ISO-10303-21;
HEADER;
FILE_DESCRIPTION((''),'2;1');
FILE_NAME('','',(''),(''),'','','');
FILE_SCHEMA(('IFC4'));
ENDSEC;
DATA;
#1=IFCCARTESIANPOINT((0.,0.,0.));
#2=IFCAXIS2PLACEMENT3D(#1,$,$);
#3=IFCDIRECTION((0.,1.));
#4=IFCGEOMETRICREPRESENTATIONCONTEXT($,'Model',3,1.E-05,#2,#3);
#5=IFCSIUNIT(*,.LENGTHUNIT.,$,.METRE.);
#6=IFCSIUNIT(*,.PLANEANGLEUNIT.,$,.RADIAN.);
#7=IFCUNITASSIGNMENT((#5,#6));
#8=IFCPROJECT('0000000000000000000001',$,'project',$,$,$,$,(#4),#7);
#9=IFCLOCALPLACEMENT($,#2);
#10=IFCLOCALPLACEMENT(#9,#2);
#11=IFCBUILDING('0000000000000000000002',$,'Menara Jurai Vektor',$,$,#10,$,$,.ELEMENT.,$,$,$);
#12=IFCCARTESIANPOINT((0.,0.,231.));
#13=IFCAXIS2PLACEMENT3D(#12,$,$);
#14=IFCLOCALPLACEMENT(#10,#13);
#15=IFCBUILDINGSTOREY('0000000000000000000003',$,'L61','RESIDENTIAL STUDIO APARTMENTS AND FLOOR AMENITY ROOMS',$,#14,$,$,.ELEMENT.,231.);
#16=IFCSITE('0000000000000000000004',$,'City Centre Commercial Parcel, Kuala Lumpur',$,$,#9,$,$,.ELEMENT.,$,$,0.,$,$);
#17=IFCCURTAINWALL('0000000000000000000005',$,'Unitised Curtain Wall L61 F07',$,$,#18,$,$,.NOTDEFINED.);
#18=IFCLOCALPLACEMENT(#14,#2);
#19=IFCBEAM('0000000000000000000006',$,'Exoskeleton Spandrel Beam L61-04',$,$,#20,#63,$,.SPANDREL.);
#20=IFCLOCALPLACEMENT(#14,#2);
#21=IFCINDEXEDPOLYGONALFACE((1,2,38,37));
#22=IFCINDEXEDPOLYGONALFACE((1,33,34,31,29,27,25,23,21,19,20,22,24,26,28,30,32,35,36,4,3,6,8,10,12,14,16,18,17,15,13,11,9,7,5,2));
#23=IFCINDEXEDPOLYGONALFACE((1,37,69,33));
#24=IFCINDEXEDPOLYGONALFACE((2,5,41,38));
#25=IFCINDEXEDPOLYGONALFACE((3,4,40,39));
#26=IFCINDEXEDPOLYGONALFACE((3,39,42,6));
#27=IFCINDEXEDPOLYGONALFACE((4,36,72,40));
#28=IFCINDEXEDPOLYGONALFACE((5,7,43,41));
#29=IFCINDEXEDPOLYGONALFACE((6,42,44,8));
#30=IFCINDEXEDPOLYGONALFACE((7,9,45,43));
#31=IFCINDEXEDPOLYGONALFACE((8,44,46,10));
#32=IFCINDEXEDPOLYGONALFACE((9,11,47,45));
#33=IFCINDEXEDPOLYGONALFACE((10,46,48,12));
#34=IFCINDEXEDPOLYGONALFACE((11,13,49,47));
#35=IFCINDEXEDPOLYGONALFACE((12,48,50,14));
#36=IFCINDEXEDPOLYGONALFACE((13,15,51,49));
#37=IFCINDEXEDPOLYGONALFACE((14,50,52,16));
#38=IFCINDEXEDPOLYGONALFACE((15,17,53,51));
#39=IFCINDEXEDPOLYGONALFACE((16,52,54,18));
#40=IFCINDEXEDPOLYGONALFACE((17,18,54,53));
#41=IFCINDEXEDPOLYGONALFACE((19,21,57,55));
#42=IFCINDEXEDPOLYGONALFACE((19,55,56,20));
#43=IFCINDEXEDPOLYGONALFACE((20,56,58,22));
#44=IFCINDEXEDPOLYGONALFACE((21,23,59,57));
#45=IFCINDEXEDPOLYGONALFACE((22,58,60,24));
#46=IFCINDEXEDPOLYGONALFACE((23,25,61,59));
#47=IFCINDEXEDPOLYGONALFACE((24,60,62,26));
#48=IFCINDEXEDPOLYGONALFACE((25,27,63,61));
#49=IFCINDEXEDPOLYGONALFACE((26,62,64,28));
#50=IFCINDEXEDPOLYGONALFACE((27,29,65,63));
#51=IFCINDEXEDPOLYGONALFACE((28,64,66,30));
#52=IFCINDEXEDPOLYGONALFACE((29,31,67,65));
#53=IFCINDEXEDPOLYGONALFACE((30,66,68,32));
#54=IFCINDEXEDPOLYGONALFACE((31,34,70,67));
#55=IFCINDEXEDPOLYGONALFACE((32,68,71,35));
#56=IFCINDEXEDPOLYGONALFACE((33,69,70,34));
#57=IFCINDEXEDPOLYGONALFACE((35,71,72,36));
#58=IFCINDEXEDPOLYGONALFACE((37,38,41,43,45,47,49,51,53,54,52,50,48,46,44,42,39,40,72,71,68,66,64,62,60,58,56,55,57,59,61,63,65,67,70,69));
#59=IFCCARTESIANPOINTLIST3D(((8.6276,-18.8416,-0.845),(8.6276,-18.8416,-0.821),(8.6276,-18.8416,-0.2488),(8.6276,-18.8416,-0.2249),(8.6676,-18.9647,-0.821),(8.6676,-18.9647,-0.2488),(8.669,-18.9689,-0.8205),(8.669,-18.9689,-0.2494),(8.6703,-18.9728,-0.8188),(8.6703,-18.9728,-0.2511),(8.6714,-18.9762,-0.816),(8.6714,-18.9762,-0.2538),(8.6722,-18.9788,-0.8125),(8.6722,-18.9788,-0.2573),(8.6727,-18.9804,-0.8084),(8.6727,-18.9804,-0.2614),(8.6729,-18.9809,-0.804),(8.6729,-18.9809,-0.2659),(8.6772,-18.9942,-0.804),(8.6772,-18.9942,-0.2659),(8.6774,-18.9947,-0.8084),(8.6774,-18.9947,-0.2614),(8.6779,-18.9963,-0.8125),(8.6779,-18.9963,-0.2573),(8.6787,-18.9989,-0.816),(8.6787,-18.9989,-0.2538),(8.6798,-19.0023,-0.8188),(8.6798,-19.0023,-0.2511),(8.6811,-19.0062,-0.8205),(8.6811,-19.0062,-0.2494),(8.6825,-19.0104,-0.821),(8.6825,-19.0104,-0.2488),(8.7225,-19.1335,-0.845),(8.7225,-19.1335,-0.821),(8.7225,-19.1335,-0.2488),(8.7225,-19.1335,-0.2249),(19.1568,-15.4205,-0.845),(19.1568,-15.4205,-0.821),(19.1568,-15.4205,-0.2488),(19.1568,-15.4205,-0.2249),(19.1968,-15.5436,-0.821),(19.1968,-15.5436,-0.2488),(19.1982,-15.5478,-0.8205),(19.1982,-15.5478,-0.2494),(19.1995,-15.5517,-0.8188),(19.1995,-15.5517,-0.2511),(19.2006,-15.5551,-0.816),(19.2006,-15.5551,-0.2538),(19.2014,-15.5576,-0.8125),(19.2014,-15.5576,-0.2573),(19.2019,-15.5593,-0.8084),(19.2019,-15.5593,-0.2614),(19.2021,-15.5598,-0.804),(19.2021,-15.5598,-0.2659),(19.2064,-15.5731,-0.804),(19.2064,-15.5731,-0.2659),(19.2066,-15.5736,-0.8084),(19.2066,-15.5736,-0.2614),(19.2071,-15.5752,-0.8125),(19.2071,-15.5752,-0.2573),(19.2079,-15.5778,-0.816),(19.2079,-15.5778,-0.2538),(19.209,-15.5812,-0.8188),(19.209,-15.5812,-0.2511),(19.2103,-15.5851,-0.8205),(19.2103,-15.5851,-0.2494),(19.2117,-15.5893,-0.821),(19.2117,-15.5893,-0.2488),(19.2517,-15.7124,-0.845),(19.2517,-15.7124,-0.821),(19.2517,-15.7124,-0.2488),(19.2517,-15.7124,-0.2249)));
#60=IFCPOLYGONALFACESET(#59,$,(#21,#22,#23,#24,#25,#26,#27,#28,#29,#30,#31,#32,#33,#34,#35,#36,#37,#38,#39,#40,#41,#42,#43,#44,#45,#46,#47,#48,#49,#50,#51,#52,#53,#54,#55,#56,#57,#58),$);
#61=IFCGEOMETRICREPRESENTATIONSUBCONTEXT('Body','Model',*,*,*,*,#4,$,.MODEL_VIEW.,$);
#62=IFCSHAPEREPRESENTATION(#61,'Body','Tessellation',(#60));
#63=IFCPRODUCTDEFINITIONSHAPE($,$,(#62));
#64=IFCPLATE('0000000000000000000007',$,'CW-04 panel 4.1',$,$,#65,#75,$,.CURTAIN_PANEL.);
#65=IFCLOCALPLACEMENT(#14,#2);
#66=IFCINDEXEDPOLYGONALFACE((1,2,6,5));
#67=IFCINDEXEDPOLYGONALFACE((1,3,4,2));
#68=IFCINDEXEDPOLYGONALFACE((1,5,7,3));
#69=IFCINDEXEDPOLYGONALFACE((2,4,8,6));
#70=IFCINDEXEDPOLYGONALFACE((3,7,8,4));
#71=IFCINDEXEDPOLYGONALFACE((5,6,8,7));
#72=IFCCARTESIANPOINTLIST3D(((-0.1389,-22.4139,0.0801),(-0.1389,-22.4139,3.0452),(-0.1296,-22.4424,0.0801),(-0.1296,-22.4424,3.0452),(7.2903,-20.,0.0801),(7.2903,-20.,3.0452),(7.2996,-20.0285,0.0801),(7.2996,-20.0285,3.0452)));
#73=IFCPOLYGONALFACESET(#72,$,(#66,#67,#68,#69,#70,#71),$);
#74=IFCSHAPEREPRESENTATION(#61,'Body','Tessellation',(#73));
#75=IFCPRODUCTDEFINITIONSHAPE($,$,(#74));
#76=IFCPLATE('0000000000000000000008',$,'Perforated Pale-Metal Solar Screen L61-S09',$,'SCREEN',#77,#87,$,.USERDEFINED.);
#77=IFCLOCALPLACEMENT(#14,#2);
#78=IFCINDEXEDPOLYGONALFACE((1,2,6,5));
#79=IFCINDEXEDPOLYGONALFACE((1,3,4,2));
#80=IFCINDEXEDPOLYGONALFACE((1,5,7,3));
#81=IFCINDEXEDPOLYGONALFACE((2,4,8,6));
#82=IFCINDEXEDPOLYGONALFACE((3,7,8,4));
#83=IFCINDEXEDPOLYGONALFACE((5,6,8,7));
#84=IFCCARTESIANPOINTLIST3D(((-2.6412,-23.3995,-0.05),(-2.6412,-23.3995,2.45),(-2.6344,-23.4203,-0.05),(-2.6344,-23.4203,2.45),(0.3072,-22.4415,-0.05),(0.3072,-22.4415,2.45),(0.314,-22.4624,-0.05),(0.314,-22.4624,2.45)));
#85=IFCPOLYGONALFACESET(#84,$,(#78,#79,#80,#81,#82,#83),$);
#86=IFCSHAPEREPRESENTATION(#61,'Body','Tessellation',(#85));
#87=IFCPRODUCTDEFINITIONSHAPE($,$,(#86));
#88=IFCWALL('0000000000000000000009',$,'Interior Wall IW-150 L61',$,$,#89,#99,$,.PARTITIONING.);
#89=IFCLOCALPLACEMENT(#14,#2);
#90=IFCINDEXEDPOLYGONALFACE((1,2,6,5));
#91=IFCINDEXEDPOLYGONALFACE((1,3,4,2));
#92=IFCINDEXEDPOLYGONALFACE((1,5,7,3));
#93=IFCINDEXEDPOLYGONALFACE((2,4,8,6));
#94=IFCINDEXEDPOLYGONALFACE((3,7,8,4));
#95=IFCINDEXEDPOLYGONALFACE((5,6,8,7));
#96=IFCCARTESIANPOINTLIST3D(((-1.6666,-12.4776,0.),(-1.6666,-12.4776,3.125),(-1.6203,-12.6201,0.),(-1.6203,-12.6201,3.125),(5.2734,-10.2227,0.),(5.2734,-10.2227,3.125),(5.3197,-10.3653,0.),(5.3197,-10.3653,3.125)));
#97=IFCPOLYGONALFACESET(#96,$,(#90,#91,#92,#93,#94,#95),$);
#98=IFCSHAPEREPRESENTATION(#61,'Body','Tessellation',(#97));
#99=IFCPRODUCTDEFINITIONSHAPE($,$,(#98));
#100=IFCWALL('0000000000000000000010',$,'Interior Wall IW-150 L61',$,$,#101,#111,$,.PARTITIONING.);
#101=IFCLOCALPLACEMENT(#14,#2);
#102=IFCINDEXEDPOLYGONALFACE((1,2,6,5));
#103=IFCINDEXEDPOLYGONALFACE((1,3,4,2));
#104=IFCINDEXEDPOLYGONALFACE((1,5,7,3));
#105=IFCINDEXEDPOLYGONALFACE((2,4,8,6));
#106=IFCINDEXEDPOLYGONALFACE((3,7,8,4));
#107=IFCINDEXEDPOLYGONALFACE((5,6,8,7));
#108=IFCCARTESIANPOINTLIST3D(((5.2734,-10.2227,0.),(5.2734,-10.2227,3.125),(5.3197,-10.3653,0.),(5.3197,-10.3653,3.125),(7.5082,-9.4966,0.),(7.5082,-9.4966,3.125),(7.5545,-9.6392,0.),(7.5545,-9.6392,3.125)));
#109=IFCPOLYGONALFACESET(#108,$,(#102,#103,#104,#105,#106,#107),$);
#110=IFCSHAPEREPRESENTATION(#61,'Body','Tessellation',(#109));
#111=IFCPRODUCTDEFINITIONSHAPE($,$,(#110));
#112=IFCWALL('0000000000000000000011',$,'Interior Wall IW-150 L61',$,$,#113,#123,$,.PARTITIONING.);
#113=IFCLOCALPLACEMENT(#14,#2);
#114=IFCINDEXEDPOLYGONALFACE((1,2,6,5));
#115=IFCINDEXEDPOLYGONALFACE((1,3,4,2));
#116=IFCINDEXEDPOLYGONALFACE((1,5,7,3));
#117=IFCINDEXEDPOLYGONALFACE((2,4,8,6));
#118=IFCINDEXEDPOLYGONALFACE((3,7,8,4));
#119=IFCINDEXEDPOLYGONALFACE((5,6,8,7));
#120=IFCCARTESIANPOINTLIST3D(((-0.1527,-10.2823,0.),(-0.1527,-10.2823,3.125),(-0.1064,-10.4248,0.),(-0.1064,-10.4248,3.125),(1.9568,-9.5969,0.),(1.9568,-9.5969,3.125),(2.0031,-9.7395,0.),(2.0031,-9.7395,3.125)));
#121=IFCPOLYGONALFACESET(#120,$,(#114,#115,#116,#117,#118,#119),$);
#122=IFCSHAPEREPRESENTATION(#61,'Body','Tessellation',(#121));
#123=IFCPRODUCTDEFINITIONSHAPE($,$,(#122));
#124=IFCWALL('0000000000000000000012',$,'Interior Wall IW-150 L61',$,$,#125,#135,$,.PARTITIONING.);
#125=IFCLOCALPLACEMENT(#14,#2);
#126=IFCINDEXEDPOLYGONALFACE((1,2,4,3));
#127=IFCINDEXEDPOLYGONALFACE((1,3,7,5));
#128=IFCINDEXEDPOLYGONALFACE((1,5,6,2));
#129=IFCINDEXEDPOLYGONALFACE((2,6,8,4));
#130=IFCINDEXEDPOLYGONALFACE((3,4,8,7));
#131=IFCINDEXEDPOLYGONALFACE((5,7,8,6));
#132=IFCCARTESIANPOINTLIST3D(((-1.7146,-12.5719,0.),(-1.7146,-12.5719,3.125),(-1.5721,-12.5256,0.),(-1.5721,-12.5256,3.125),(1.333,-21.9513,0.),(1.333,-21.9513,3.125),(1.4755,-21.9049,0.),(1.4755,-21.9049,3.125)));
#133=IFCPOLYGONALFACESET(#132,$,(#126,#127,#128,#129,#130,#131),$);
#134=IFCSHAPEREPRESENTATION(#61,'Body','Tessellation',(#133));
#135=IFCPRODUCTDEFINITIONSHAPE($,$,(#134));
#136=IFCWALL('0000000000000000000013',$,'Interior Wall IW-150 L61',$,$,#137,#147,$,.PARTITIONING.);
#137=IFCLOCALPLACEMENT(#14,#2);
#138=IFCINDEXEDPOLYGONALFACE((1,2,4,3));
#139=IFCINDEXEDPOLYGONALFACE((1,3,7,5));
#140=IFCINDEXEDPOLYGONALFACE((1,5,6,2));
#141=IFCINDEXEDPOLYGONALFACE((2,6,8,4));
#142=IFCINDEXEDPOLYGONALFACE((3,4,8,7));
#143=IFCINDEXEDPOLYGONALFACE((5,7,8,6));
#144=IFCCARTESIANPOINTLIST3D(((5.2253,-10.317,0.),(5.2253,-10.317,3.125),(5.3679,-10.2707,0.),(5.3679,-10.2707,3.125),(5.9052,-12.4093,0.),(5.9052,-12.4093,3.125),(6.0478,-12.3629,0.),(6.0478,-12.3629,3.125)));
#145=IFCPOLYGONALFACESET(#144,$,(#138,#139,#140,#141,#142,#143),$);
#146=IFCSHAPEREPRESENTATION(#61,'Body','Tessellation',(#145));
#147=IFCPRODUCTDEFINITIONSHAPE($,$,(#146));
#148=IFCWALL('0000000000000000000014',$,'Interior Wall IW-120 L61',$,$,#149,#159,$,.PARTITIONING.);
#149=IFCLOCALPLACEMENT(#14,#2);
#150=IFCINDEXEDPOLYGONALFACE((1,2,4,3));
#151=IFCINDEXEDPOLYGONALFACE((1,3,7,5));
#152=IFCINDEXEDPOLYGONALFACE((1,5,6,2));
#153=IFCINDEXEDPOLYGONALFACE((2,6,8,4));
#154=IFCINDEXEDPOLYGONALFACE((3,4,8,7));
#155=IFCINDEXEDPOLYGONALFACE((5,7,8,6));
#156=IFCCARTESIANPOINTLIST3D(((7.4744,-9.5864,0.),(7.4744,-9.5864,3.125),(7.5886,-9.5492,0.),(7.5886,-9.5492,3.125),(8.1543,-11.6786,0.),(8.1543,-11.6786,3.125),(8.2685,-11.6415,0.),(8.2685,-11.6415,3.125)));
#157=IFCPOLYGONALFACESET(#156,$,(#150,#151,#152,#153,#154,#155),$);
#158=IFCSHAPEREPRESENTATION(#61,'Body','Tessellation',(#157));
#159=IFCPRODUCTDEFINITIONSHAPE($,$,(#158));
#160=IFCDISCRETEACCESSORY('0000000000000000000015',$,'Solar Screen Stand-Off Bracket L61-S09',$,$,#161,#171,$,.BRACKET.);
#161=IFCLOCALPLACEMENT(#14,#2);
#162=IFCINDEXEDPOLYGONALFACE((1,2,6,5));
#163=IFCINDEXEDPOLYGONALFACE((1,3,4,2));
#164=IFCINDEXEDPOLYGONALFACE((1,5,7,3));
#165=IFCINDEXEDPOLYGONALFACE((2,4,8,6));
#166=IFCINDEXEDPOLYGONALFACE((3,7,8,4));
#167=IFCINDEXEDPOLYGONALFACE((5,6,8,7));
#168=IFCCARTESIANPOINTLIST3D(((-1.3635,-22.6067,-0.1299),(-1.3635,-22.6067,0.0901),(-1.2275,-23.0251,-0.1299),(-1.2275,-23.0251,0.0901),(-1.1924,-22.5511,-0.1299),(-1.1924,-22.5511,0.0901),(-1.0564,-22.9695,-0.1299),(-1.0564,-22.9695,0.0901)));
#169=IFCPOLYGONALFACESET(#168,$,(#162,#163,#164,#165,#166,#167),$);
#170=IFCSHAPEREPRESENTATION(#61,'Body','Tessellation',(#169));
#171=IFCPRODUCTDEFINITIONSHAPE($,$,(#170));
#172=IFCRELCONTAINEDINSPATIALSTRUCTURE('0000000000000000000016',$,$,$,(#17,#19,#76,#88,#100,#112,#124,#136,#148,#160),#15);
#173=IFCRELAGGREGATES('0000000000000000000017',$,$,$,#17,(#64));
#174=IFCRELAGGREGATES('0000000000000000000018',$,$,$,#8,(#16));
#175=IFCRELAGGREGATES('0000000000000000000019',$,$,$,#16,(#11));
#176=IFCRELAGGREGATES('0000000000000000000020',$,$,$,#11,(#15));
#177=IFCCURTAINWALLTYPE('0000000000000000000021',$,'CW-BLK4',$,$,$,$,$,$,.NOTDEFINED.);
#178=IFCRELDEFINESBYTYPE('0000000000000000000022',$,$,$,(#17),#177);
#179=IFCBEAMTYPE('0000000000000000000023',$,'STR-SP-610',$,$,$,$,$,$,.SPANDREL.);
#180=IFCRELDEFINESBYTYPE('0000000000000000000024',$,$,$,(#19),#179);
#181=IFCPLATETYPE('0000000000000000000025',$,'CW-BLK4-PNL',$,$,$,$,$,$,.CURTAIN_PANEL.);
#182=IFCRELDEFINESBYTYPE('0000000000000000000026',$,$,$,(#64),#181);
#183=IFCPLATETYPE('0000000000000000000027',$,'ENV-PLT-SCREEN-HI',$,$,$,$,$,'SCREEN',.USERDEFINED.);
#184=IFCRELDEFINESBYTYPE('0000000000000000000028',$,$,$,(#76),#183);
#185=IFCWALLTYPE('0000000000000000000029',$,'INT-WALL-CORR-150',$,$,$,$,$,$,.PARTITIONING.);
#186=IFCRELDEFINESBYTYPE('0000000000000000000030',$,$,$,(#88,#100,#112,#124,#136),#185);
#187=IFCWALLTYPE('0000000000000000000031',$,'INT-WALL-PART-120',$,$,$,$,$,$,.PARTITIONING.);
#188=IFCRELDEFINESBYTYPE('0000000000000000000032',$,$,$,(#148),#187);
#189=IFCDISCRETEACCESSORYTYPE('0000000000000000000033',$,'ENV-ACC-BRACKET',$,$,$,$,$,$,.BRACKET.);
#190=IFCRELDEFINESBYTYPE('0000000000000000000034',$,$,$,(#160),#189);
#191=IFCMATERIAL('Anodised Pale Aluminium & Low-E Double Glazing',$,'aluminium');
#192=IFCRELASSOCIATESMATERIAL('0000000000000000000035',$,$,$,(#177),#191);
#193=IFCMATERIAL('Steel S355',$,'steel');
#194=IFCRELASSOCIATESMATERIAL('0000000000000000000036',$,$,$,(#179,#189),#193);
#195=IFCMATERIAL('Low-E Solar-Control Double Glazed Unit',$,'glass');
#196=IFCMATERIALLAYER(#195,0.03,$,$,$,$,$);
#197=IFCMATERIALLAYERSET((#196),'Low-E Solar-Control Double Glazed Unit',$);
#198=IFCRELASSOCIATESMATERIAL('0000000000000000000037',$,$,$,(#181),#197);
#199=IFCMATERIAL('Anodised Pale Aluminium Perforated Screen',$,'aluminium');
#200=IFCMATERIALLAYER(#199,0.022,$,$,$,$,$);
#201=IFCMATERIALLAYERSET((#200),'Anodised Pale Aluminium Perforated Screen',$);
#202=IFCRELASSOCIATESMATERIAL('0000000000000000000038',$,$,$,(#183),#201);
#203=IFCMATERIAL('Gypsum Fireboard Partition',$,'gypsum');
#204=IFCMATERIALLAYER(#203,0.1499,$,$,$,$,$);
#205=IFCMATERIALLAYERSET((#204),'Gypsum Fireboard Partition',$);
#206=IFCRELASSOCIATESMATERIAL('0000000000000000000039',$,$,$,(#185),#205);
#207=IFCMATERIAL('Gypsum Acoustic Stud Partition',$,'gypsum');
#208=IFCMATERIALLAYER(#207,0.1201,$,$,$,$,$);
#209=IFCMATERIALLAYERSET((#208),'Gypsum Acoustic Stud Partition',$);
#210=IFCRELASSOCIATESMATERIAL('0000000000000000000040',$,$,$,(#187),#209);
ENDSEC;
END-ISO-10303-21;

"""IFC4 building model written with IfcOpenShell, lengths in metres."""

from ifc_helpers import new_model, si_unit, direction, frame, frame_2d, origin, origin_2d, place, context, subcontext, project, spatial, rectangle, i_section, extrude, material, layer, layer_set, material_profile, profile_set, type_object, element, aggregate, save


model = new_model("IFC4")

# Units and contexts
model_context = context("Model", 3, precision=1e-05, world=origin(), true_north=direction((0.0, 1.0)))
body_context = subcontext(model_context, "Body", "Model", "MODEL_VIEW")
ifc_project = project(units=[si_unit("LENGTHUNIT", "METRE"), si_unit("PLANEANGLEUNIT", "RADIAN")], contexts=[model_context])

# Site, building, storey
site_placement = place(None, origin())
site = spatial("IfcSite", under=ifc_project, at=site_placement, Name="City Centre Commercial Parcel, Kuala Lumpur", CompositionType="ELEMENT", RefElevation=0.0)
building_placement = place(site_placement, origin())
building = spatial("IfcBuilding", under=site, at=building_placement, Name="Menara Jurai Vektor", CompositionType="ELEMENT")
storey_placement = place(building_placement, frame((0.0, 0.0, 231.0)))
storey = spatial("IfcBuildingStorey", under=building, at=storey_placement, Name="L61", Description="RESIDENTIAL STUDIO APARTMENTS AND FLOOR AMENITY ROOMS", CompositionType="ELEMENT", Elevation=231.0)

# Curtain wall
ifc_material_1 = material(Name="Anodised Pale Aluminium & Low-E Double Glazing", Category="aluminium")
curtain_wall_type = type_object("IfcCurtainWallType", Name="CW-BLK4", PredefinedType="NOTDEFINED", material=ifc_material_1)
curtain_wall_placement = place(storey_placement, origin())
curtain_wall = element("IfcCurtainWall", 1, at=curtain_wall_placement, inside=storey, type_object=curtain_wall_type, Name="Unitised Curtain Wall L61 F07", PredefinedType="NOTDEFINED")

# Beam
ifc_material_2 = material(Name="Steel S355", Category="steel")
ifc_material_profile_1 = material_profile(ifc_material_2, i_section(OverallWidth=0.3069, OverallDepth=0.6201, WebThickness=0.0139, FlangeThickness=0.0239, FilletRadius=0.0171, at=origin_2d()), Name="UKB 610x305x179")
ifc_profile_set_1 = profile_set([ifc_material_profile_1], Name="Steel S355")
beam_type_1 = type_object("IfcBeamType", Name="STR-SP-610", PredefinedType="SPANDREL", material=ifc_profile_set_1)
for number, where, z_axis, x_axis, name in (
    (2, (8.675, -18.9875, -0.5349), (0.951057, 0.309014, 0.0), (-0.309014, 0.951057, 0.0), "Exoskeleton Spandrel Beam L61-04"),
):
    element("IfcBeam", number, at=place(storey_placement, frame(where, z_axis=z_axis, x_axis=x_axis)), inside=storey, type_object=beam_type_1, Name=name, PredefinedType="SPANDREL", context=body_context, shape_type="SweptSolid", body=[
        extrude(i_section(OverallWidth=0.3069, OverallDepth=0.6201, WebThickness=0.0139, FlangeThickness=0.0239, FilletRadius=0.0171, at=origin_2d()), origin(), (0.0, 0.0, 1.0), 11.071),
    ])

# Plates
ifc_material_3 = material(Name="Low-E Solar-Control Double Glazed Unit", Category="glass")
ifc_layer_1 = layer(ifc_material_3, 0.03)
ifc_layer_set_1 = layer_set([ifc_layer_1], Name="Low-E Solar-Control Double Glazed Unit")
plate_type_1 = type_object("IfcPlateType", Name="CW-BLK4-PNL", PredefinedType="CURTAIN_PANEL", material=ifc_layer_set_1)
plate_1_placement = place(storey_placement, frame((3.5803, -21.2212, 0.0801), z_axis=(0.0, 0.0, 1.0), x_axis=(0.951056, 0.309017, 0.0)))
plate_1 = element("IfcPlate", 3, at=plate_1_placement, type_object=plate_type_1, Name="CW-04 panel 4.1", PredefinedType="CURTAIN_PANEL", context=body_context, shape_type="SweptSolid", body=[
    extrude(rectangle(XDim=7.8115, YDim=0.03, at=origin_2d()), origin(), (0.0, 0.0, 1.0), 2.9651),
])
aggregate(curtain_wall, [plate_1])
ifc_material_4 = material(Name="Anodised Pale Aluminium Perforated Screen", Category="aluminium")
ifc_layer_2 = layer(ifc_material_4, 0.022)
ifc_layer_set_2 = layer_set([ifc_layer_2], Name="Anodised Pale Aluminium Perforated Screen")
plate_type_2 = type_object("IfcPlateType", Name="ENV-PLT-SCREEN-HI", ElementType="SCREEN", PredefinedType="USERDEFINED", material=ifc_layer_set_2)
plate_2_placement = place(storey_placement, frame((-1.1636, -22.9309, -0.05), z_axis=(0.0, 0.0, 1.0), x_axis=(0.951057, 0.309017, 0.0)))
element("IfcPlate", 4, at=plate_2_placement, inside=storey, type_object=plate_type_2, Name="Perforated Pale-Metal Solar Screen L61-S09", ObjectType="SCREEN", PredefinedType="USERDEFINED", context=body_context, shape_type="SweptSolid", body=[
    extrude(rectangle(XDim=3.1001, YDim=0.022, at=origin_2d()), origin(), (0.0, 0.0, 1.0), 2.5),
])

# Walls
ifc_material_5 = material(Name="Gypsum Fireboard Partition", Category="gypsum")
ifc_layer_3 = layer(ifc_material_5, 0.1499)
ifc_layer_set_3 = layer_set([ifc_layer_3], Name="Gypsum Fireboard Partition")
wall_type_1 = type_object("IfcWallType", Name="INT-WALL-CORR-150", PredefinedType="PARTITIONING", material=ifc_layer_set_3)
wall_1_placement = place(storey_placement, frame((-1.6433, -12.5488, 0.0), z_axis=(0.0, 0.0, 1.0), x_axis=(0.951058, 0.309012, 0.0)))
element("IfcWall", 5, at=wall_1_placement, inside=storey, type_object=wall_type_1, Name="Interior Wall IW-150 L61", PredefinedType="PARTITIONING", context=body_context, shape_type="SweptSolid", body=[
    extrude(rectangle(XDim=7.2971, YDim=0.1499, at=frame_2d((3.6484, 0.0))), origin(), (0.0, 0.0, 1.0), 3.125),
])
wall_2_placement = place(storey_placement, frame((5.2966, -10.2939, 0.0), z_axis=(0.0, 0.0, 1.0), x_axis=(0.951066, 0.308987, 0.0)))
element("IfcWall", 6, at=wall_2_placement, inside=storey, type_object=wall_type_1, Name="Interior Wall IW-150 L61", PredefinedType="PARTITIONING", context=body_context, shape_type="SweptSolid", body=[
    extrude(rectangle(XDim=2.3499, YDim=0.1499, at=frame_2d((1.1748, 0.0))), origin(), (0.0, 0.0, 1.0), 3.125),
])
wall_3_placement = place(storey_placement, frame((-0.1294, -10.3535, 0.0), z_axis=(0.0, 0.0, 1.0), x_axis=(0.951066, 0.308987, 0.0)))
element("IfcWall", 7, at=wall_3_placement, inside=storey, type_object=wall_type_1, Name="Interior Wall IW-150 L61", PredefinedType="PARTITIONING", context=body_context, shape_type="SweptSolid", body=[
    extrude(rectangle(XDim=2.218, YDim=0.1499, at=frame_2d((1.1089, 0.0))), origin(), (0.0, 0.0, 1.0), 3.125),
])
wall_4_placement = place(storey_placement, frame((1.4043, -21.9282, 0.0), z_axis=(0.0, 0.0, 1.0), x_axis=(-0.309022, 0.951055, 0.0)))
element("IfcWall", 8, at=wall_4_placement, inside=storey, type_object=wall_type_1, Name="Interior Wall IW-150 L61", PredefinedType="PARTITIONING", context=body_context, shape_type="SweptSolid", body=[
    extrude(rectangle(XDim=9.8621, YDim=0.1499, at=frame_2d((4.9312, 0.0))), origin(), (0.0, 0.0, 1.0), 3.125),
])
wall_5_placement = place(storey_placement, frame((5.9766, -12.3862, 0.0), z_axis=(0.0, 0.0, 1.0), x_axis=(-0.309061, 0.951042, 0.0)))
element("IfcWall", 9, at=wall_5_placement, inside=storey, type_object=wall_type_1, Name="Interior Wall IW-150 L61", PredefinedType="PARTITIONING", context=body_context, shape_type="SweptSolid", body=[
    extrude(rectangle(XDim=2.2, YDim=0.1499, at=frame_2d((1.1001, 0.0))), origin(), (0.0, 0.0, 1.0), 3.125),
])

# Wall
ifc_material_6 = material(Name="Gypsum Acoustic Stud Partition", Category="gypsum")
ifc_layer_4 = layer(ifc_material_6, 0.1201)
ifc_layer_set_4 = layer_set([ifc_layer_4], Name="Gypsum Acoustic Stud Partition")
wall_type_2 = type_object("IfcWallType", Name="INT-WALL-PART-120", PredefinedType="PARTITIONING", material=ifc_layer_set_4)
wall_6_placement = place(storey_placement, frame((8.2114, -11.6602, 0.0), z_axis=(0.0, 0.0, 1.0), x_axis=(-0.309061, 0.951042, 0.0)))
element("IfcWall", 10, at=wall_6_placement, inside=storey, type_object=wall_type_2, Name="Interior Wall IW-120 L61", PredefinedType="PARTITIONING", context=body_context, shape_type="SweptSolid", body=[
    extrude(rectangle(XDim=2.2, YDim=0.1201, at=frame_2d((1.1001, 0.0))), origin(), (0.0, 0.0, 1.0), 3.125),
])

# Discrete accessory
discrete_accessory_type = type_object("IfcDiscreteAccessoryType", Name="ENV-ACC-BRACKET", PredefinedType="BRACKET", material=ifc_material_2)
discrete_accessory_placement = place(storey_placement, frame((-1.21, -22.7881, -0.1299), z_axis=(0.0, 0.0, 1.0), x_axis=(0.951057, 0.309017, 0.0)))
element("IfcDiscreteAccessory", 11, at=discrete_accessory_placement, inside=storey, type_object=discrete_accessory_type, Name="Solar Screen Stand-Off Bracket L61-S09", PredefinedType="BRACKET", context=body_context, shape_type="SweptSolid", body=[
    extrude(rectangle(XDim=0.1799, YDim=0.4399, at=origin_2d()), origin(), (0.0, 0.0, 1.0), 0.22),
])

save(model, "model.ifc")
